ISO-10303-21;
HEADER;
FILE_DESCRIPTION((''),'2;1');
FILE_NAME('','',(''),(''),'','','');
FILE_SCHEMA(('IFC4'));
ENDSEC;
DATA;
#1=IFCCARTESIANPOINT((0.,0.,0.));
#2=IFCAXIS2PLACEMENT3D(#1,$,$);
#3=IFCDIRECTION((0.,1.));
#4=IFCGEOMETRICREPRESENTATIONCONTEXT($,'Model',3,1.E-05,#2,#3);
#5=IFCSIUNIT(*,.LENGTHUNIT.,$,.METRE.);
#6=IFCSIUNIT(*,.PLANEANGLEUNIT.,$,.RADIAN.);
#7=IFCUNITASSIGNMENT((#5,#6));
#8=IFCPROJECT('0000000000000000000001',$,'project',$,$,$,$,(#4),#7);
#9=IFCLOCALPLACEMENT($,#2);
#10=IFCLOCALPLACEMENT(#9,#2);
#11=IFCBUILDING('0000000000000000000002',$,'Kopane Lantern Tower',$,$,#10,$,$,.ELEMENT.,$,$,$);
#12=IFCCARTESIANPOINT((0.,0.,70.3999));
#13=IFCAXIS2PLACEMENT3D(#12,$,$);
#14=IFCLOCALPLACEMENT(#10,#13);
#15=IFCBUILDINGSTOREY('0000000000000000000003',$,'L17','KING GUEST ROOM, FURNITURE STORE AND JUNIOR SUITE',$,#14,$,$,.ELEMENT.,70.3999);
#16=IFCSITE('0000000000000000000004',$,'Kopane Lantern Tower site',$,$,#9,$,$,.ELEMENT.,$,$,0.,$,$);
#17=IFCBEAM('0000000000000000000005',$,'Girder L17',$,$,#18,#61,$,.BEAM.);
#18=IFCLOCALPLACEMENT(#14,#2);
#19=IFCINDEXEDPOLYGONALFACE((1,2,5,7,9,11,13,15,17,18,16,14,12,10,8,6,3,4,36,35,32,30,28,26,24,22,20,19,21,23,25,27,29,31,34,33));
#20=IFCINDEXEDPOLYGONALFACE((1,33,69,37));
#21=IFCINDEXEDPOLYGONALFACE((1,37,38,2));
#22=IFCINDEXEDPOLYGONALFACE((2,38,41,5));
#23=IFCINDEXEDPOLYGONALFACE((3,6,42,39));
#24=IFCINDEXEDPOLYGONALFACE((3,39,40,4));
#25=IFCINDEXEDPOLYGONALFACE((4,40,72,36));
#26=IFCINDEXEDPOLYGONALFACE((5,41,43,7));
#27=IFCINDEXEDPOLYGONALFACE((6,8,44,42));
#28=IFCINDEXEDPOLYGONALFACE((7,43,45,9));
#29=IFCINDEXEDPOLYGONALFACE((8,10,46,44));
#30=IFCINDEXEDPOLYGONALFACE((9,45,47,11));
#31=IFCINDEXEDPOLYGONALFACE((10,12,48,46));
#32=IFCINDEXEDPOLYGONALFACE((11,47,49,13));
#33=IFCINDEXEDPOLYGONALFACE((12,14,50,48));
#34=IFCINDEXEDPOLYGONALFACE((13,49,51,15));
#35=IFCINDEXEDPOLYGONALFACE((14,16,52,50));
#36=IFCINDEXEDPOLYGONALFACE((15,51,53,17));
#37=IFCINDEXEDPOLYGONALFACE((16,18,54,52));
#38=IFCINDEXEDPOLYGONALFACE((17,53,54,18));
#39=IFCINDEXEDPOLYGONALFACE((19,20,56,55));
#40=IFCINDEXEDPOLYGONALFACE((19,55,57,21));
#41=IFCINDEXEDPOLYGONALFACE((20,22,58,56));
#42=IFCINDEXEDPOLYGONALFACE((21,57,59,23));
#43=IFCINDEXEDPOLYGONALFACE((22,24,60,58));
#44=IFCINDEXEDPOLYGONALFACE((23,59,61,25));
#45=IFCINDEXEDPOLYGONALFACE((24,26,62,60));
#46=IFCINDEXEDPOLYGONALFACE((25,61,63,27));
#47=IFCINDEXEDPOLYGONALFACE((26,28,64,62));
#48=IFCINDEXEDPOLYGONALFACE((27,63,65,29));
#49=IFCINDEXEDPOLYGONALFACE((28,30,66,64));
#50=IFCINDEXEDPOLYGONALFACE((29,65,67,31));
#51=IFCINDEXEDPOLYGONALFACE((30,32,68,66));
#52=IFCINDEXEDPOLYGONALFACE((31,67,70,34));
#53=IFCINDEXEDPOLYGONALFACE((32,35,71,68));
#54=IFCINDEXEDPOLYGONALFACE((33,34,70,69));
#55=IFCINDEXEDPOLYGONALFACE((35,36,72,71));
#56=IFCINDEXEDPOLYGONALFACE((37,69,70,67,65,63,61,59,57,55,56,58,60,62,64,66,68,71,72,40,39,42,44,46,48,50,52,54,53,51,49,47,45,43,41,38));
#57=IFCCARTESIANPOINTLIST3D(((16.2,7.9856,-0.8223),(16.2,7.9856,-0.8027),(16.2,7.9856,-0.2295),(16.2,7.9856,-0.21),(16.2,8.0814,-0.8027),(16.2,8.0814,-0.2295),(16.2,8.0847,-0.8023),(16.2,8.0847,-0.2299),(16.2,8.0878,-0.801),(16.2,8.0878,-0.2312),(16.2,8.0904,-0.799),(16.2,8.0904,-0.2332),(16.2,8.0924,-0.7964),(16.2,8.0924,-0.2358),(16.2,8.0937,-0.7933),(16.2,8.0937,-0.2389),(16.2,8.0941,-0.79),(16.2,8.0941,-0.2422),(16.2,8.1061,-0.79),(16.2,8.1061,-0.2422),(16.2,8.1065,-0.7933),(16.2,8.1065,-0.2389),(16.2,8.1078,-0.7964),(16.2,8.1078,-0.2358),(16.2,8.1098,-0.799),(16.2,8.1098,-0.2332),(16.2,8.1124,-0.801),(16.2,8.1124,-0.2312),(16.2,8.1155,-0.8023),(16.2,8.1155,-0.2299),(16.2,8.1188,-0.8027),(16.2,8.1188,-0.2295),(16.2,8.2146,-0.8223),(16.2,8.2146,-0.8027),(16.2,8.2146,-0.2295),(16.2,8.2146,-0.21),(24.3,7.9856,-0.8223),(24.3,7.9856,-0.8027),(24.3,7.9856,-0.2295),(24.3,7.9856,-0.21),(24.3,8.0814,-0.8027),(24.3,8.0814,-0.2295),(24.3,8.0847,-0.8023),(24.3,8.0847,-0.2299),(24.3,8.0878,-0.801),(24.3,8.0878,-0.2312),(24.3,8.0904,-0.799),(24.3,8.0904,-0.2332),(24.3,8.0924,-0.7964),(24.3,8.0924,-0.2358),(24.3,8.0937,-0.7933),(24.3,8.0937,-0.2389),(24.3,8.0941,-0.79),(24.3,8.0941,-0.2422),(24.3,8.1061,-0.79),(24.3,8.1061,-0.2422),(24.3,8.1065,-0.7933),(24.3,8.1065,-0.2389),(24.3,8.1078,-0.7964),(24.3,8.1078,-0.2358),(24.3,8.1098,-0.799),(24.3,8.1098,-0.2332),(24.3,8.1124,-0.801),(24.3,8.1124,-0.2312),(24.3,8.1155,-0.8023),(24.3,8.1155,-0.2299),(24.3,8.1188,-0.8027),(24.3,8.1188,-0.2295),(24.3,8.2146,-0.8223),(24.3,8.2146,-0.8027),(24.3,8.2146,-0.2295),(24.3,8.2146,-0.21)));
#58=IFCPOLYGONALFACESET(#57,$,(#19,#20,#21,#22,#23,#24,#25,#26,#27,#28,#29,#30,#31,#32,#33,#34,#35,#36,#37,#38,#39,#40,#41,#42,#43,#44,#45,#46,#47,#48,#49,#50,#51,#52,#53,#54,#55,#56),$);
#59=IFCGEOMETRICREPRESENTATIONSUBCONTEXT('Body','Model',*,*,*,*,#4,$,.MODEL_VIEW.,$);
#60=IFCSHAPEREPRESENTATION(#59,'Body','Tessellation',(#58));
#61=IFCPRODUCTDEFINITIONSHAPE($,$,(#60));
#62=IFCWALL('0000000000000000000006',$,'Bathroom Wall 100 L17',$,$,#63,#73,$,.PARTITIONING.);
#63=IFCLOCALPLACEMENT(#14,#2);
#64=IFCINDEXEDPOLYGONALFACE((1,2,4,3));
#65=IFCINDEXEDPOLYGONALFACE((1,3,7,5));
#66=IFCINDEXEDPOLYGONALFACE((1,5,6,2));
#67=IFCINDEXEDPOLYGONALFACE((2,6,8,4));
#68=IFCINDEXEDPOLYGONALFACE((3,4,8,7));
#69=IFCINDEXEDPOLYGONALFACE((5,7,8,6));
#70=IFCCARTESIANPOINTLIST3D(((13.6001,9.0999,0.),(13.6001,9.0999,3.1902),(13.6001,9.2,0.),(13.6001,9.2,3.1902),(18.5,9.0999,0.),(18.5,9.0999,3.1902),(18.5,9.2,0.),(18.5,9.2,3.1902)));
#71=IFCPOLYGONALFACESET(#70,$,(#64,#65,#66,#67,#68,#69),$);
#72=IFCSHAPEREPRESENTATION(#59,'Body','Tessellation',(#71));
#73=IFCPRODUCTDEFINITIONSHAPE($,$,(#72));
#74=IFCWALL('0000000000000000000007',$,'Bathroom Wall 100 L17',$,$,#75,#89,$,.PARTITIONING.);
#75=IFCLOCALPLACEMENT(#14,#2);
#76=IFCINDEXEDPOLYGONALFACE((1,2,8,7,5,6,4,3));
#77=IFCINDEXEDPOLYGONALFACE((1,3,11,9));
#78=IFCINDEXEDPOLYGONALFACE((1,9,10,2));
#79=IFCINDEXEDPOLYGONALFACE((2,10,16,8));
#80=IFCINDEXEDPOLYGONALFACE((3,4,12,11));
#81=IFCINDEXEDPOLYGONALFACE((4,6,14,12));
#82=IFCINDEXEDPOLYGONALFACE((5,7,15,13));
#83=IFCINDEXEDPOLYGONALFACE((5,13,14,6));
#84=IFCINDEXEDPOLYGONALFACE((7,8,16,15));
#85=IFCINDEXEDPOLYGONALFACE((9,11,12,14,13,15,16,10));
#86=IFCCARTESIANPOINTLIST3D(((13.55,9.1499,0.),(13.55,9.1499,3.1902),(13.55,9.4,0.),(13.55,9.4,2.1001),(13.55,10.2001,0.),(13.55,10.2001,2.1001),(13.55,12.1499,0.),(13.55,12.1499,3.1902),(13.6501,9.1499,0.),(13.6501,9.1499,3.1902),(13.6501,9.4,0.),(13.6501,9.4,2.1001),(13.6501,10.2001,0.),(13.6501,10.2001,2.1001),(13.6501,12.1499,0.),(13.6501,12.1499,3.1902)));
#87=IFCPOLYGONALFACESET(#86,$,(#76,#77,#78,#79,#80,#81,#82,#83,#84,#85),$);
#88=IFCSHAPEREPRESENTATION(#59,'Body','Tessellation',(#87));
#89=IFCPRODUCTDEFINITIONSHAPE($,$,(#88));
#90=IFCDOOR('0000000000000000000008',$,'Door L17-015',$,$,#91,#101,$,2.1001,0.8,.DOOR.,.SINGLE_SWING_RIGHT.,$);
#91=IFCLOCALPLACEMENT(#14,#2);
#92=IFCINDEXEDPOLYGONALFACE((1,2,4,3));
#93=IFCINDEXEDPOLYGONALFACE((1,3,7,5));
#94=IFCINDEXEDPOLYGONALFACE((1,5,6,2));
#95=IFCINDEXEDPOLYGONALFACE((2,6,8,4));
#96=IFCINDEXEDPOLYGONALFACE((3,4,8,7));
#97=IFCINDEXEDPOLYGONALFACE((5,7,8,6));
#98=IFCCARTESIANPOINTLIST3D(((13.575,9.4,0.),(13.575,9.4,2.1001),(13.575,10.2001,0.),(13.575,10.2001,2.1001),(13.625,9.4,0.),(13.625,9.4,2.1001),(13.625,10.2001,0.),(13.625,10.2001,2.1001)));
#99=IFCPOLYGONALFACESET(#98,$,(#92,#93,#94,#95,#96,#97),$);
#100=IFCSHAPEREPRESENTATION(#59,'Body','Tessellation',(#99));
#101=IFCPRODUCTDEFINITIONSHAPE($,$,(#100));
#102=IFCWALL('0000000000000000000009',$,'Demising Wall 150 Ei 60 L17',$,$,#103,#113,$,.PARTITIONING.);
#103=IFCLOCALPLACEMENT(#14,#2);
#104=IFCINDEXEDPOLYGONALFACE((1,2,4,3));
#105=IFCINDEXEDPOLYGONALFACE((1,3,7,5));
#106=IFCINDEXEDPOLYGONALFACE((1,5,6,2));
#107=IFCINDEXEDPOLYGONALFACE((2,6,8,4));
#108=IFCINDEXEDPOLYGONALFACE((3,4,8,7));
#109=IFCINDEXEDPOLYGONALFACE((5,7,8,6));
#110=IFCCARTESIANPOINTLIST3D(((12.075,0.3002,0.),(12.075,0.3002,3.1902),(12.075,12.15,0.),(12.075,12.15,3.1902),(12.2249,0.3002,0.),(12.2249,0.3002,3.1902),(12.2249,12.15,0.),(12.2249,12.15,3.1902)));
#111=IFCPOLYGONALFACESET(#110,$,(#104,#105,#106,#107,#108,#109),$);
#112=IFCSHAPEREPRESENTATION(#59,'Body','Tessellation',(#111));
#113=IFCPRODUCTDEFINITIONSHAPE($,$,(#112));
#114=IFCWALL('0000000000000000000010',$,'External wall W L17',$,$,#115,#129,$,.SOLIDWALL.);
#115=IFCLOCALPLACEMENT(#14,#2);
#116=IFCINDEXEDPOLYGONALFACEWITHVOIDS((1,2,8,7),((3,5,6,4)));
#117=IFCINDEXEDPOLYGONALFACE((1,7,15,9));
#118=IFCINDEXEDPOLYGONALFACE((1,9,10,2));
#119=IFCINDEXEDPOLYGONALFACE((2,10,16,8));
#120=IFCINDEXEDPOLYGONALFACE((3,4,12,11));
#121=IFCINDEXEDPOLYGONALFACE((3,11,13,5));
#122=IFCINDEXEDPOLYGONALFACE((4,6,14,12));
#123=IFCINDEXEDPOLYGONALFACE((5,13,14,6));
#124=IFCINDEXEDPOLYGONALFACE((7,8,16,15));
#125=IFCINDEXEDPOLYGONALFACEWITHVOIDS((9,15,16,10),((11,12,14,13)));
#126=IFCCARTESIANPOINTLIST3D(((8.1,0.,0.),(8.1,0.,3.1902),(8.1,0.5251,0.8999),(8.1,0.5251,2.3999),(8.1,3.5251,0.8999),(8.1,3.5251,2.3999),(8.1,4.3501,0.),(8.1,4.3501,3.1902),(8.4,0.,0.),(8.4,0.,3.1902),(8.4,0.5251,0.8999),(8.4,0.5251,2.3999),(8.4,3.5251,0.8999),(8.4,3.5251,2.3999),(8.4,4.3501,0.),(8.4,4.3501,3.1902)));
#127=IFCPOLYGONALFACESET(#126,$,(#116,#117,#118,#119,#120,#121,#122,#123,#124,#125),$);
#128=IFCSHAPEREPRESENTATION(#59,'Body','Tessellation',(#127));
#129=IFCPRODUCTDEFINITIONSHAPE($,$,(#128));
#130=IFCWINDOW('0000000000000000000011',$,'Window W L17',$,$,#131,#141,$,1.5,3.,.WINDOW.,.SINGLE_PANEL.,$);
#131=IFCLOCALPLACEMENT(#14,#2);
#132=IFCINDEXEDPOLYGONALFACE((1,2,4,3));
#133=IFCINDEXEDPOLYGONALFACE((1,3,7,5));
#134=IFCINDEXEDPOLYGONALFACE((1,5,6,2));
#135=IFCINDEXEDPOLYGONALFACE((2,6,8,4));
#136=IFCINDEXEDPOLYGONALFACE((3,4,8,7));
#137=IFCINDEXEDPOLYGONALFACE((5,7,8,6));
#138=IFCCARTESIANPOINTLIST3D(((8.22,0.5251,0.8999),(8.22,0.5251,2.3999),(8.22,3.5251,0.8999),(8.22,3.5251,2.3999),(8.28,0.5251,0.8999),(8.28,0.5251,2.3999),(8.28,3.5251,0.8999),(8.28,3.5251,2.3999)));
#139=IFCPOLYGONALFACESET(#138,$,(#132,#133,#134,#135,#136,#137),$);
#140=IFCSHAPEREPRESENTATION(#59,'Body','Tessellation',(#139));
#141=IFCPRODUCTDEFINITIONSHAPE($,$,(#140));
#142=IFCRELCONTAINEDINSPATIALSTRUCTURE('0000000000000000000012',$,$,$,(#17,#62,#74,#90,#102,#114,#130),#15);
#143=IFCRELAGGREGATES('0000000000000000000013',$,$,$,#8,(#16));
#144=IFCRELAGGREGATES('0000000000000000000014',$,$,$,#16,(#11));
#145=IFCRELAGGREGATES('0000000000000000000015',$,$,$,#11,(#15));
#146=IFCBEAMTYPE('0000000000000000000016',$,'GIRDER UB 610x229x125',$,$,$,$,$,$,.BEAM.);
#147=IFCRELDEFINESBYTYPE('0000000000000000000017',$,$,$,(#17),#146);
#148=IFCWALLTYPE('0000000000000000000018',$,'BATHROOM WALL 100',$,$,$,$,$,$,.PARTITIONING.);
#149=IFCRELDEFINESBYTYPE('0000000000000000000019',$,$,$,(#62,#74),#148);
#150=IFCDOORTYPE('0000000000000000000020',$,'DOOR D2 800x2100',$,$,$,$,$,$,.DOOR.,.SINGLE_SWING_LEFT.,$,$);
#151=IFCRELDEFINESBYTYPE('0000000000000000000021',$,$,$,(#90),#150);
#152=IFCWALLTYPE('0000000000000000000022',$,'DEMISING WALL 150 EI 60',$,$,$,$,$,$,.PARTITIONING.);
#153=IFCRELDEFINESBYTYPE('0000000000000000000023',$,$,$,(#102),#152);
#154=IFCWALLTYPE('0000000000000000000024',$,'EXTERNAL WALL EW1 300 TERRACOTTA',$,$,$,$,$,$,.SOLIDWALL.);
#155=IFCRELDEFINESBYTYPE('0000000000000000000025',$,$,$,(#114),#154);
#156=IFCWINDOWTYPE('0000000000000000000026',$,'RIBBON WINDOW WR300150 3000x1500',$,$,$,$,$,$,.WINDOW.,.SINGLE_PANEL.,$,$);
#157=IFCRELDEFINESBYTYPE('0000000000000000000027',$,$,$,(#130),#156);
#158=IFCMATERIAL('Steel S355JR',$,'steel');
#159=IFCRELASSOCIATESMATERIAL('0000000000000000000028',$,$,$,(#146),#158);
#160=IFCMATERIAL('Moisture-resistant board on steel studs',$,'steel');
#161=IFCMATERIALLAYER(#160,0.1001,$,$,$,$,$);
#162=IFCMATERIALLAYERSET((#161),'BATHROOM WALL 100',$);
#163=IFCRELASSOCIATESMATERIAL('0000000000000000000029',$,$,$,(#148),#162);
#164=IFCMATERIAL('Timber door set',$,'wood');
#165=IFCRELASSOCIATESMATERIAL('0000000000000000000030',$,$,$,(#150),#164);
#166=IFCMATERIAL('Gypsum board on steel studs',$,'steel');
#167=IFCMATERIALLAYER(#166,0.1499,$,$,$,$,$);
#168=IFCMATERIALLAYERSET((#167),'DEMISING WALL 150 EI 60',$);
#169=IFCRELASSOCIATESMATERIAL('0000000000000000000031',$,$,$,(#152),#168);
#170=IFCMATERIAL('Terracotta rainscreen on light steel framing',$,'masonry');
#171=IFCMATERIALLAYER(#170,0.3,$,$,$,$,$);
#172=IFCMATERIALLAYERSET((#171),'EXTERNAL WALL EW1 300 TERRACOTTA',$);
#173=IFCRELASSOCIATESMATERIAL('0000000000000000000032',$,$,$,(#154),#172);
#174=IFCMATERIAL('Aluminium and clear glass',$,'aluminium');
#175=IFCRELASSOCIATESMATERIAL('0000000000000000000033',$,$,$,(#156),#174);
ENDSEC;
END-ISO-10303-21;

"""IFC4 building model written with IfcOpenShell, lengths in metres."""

from ifc_helpers import new_model, si_unit, direction, frame, frame_2d, origin, origin_2d, place, context, subcontext, project, spatial, rectangle, i_section, extrude, material, layer, layer_set, material_profile, profile_set, type_object, element, fill, save


model = new_model("IFC4")

# Units and contexts
model_context = context("Model", 3, precision=1e-05, world=origin(), true_north=direction((0.0, 1.0)))
body_context = subcontext(model_context, "Body", "Model", "MODEL_VIEW")
ifc_project = project(units=[si_unit("LENGTHUNIT", "METRE"), si_unit("PLANEANGLEUNIT", "RADIAN")], contexts=[model_context])

# Site, building, storey
site_placement = place(None, origin())
site = spatial("IfcSite", under=ifc_project, at=site_placement, Name="Kopane Lantern Tower site", CompositionType="ELEMENT", RefElevation=0.0)
building_placement = place(site_placement, origin())
building = spatial("IfcBuilding", under=site, at=building_placement, Name="Kopane Lantern Tower", CompositionType="ELEMENT")
storey_placement = place(building_placement, frame((0.0, 0.0, 70.3999)))
storey = spatial("IfcBuildingStorey", under=building, at=storey_placement, Name="L17", Description="KING GUEST ROOM, FURNITURE STORE AND JUNIOR SUITE", CompositionType="ELEMENT", Elevation=70.3999)

# Beam
ifc_material_1 = material(Name="Steel S355JR", Category="steel")
ifc_material_profile_1 = material_profile(ifc_material_1, i_section(OverallWidth=0.229, OverallDepth=0.6123, WebThickness=0.012, FlangeThickness=0.0195, FilletRadius=0.0127, at=origin_2d()), Name="UB 610x229x125")
ifc_profile_set_1 = profile_set([ifc_material_profile_1], Name="Steel S355JR")
beam_type = type_object("IfcBeamType", Name="GIRDER UB 610x229x125", PredefinedType="BEAM", material=ifc_profile_set_1)
beam_1_placement = place(storey_placement, frame((16.2, 8.1001, -0.5161), z_axis=(1.0, 0.0, 0.0), x_axis=(0.0, 1.0, 0.0)))
element("IfcBeam", 1, at=beam_1_placement, inside=storey, type_object=beam_type, Name="Girder L17", PredefinedType="BEAM", context=body_context, shape_type="SweptSolid", body=[
    extrude(i_section(OverallWidth=0.229, OverallDepth=0.6123, WebThickness=0.012, FlangeThickness=0.0195, FilletRadius=0.0127, at=origin_2d()), origin(), (0.0, 0.0, 1.0), 8.1001),
])

# Wall
ifc_material_2 = material(Name="Moisture-resistant board on steel studs", Category="steel")
ifc_layer_1 = layer(ifc_material_2, 0.1001)
ifc_layer_set_1 = layer_set([ifc_layer_1], Name="BATHROOM WALL 100")
wall_type_1 = type_object("IfcWallType", Name="BATHROOM WALL 100", PredefinedType="PARTITIONING", material=ifc_layer_set_1)
wall_1_placement = place(storey_placement, frame((13.6001, 9.1499, 0.0), z_axis=(0.0, 0.0, 1.0), x_axis=(1.0, 0.0, 0.0)))
element("IfcWall", 2, at=wall_1_placement, inside=storey, type_object=wall_type_1, Name="Bathroom Wall 100 L17", PredefinedType="PARTITIONING", context=body_context, shape_type="SweptSolid", body=[
    extrude(rectangle(XDim=4.8999, YDim=0.1001, at=frame_2d((2.45, 0.0))), origin(), (0.0, 0.0, 1.0), 3.1902),
])

# Wall, opening, door
wall_2_placement = place(storey_placement, frame((13.6001, 12.1499, 0.0), z_axis=(0.0, 0.0, 1.0), x_axis=(0.0, -1.0, 0.0)))
wall_2 = element("IfcWall", 3, at=wall_2_placement, inside=storey, type_object=wall_type_1, Name="Bathroom Wall 100 L17", PredefinedType="PARTITIONING", context=body_context, shape_type="SweptSolid", body=[
    extrude(rectangle(XDim=3.0, YDim=0.1001, at=frame_2d((1.5, 0.0))), origin(), (0.0, 0.0, 1.0), 3.1902),
])
opening_1_placement = place(wall_2_placement, frame((1.95, 0.0, 0.0)))
opening_1 = element("IfcOpeningElement", 4, at=opening_1_placement, cuts=wall_2, PredefinedType="OPENING", context=body_context, shape_type="SweptSolid", body=[
    extrude(rectangle(XDim=0.8, YDim=2.1001, at=frame_2d((0.3999, 1.05))), frame((0.0, 0.0601, 0.0), z_axis=(0.0, -1.0, 0.0), x_axis=(1.0, 0.0, 0.0)), (0.0, 0.0, 1.0), 0.1201),
])
ifc_material_3 = material(Name="Timber door set", Category="wood")
door_type = type_object("IfcDoorType", Name="DOOR D2 800x2100", OperationType="SINGLE_SWING_LEFT", PredefinedType="DOOR", material=ifc_material_3)
door_placement = place(opening_1_placement, origin())
door = element("IfcDoor", 5, at=door_placement, inside=storey, type_object=door_type, Name="Door L17-015", OperationType="SINGLE_SWING_RIGHT", OverallHeight=2.1001, OverallWidth=0.8, PredefinedType="DOOR", context=body_context, shape_type="SweptSolid", body=[
    extrude(rectangle(XDim=0.8, YDim=2.1001, at=frame_2d((0.3999, 1.05))), frame((0.0, 0.0249, 0.0), z_axis=(0.0, -1.0, 0.0), x_axis=(1.0, 0.0, 0.0)), (0.0, 0.0, 1.0), 0.05),
])
fill(opening_1, door)

# Wall
ifc_material_4 = material(Name="Gypsum board on steel studs", Category="steel")
ifc_layer_2 = layer(ifc_material_4, 0.1499)
ifc_layer_set_2 = layer_set([ifc_layer_2], Name="DEMISING WALL 150 EI 60")
wall_type_2 = type_object("IfcWallType", Name="DEMISING WALL 150 EI 60", PredefinedType="PARTITIONING", material=ifc_layer_set_2)
wall_3_placement = place(storey_placement, frame((12.1499, 12.1499, 0.0), z_axis=(0.0, 0.0, 1.0), x_axis=(0.0, -1.0, 0.0)))
element("IfcWall", 6, at=wall_3_placement, inside=storey, type_object=wall_type_2, Name="Demising Wall 150 Ei 60 L17", PredefinedType="PARTITIONING", context=body_context, shape_type="SweptSolid", body=[
    extrude(rectangle(XDim=11.8499, YDim=0.1499, at=frame_2d((5.9248, 0.0))), origin(), (0.0, 0.0, 1.0), 3.1902),
])

# Shared definitions
ifc_material_5 = material(Name="Terracotta rainscreen on light steel framing", Category="masonry")
ifc_layer_3 = layer(ifc_material_5, 0.3)
ifc_layer_set_3 = layer_set([ifc_layer_3], Name="EXTERNAL WALL EW1 300 TERRACOTTA")
wall_type_3 = type_object("IfcWallType", Name="EXTERNAL WALL EW1 300 TERRACOTTA", PredefinedType="SOLIDWALL", material=ifc_layer_set_3)

# Wall, opening, window
wall_4_placement = place(storey_placement, frame((8.25, 4.3501, 0.0), z_axis=(0.0, 0.0, 1.0), x_axis=(0.0, -1.0, 0.0)))
wall_4 = element("IfcWall", 7, at=wall_4_placement, inside=storey, type_object=wall_type_3, Name="External wall W L17", PredefinedType="SOLIDWALL", context=body_context, shape_type="SweptSolid", body=[
    extrude(rectangle(XDim=4.3501, YDim=0.3, at=frame_2d((2.175, 0.0))), origin(), (0.0, 0.0, 1.0), 3.1902),
])
opening_2_placement = place(wall_4_placement, frame((0.825, 0.0, 0.8999)))
opening_2 = element("IfcOpeningElement", 8, at=opening_2_placement, cuts=wall_4, PredefinedType="OPENING", context=body_context, shape_type="SweptSolid", body=[
    extrude(rectangle(XDim=3.0, YDim=1.5, at=frame_2d((1.5, 0.75))), frame((0.0, 0.1599, 0.0), z_axis=(0.0, -1.0, 0.0), x_axis=(1.0, 0.0, 0.0)), (0.0, 0.0, 1.0), 0.3201),
])
ifc_material_6 = material(Name="Aluminium and clear glass", Category="aluminium")
window_type_1 = type_object("IfcWindowType", Name="RIBBON WINDOW WR300150 3000x1500", PartitioningType="SINGLE_PANEL", PredefinedType="WINDOW", material=ifc_material_6)
window_1_placement = place(opening_2_placement, origin())
window_1 = element("IfcWindow", 9, at=window_1_placement, inside=storey, type_object=window_type_1, Name="Window W L17", OverallHeight=1.5, OverallWidth=3.0, PartitioningType="SINGLE_PANEL", PredefinedType="WINDOW", context=body_context, shape_type="SweptSolid", body=[
    extrude(rectangle(XDim=3.0, YDim=1.5, at=frame_2d((1.5, 0.75))), frame((0.0, 0.03, 0.0), z_axis=(0.0, -1.0, 0.0), x_axis=(1.0, 0.0, 0.0)), (0.0, 0.0, 1.0), 0.0601),
])
fill(opening_2, window_1)

save(model, "model.ifc")
